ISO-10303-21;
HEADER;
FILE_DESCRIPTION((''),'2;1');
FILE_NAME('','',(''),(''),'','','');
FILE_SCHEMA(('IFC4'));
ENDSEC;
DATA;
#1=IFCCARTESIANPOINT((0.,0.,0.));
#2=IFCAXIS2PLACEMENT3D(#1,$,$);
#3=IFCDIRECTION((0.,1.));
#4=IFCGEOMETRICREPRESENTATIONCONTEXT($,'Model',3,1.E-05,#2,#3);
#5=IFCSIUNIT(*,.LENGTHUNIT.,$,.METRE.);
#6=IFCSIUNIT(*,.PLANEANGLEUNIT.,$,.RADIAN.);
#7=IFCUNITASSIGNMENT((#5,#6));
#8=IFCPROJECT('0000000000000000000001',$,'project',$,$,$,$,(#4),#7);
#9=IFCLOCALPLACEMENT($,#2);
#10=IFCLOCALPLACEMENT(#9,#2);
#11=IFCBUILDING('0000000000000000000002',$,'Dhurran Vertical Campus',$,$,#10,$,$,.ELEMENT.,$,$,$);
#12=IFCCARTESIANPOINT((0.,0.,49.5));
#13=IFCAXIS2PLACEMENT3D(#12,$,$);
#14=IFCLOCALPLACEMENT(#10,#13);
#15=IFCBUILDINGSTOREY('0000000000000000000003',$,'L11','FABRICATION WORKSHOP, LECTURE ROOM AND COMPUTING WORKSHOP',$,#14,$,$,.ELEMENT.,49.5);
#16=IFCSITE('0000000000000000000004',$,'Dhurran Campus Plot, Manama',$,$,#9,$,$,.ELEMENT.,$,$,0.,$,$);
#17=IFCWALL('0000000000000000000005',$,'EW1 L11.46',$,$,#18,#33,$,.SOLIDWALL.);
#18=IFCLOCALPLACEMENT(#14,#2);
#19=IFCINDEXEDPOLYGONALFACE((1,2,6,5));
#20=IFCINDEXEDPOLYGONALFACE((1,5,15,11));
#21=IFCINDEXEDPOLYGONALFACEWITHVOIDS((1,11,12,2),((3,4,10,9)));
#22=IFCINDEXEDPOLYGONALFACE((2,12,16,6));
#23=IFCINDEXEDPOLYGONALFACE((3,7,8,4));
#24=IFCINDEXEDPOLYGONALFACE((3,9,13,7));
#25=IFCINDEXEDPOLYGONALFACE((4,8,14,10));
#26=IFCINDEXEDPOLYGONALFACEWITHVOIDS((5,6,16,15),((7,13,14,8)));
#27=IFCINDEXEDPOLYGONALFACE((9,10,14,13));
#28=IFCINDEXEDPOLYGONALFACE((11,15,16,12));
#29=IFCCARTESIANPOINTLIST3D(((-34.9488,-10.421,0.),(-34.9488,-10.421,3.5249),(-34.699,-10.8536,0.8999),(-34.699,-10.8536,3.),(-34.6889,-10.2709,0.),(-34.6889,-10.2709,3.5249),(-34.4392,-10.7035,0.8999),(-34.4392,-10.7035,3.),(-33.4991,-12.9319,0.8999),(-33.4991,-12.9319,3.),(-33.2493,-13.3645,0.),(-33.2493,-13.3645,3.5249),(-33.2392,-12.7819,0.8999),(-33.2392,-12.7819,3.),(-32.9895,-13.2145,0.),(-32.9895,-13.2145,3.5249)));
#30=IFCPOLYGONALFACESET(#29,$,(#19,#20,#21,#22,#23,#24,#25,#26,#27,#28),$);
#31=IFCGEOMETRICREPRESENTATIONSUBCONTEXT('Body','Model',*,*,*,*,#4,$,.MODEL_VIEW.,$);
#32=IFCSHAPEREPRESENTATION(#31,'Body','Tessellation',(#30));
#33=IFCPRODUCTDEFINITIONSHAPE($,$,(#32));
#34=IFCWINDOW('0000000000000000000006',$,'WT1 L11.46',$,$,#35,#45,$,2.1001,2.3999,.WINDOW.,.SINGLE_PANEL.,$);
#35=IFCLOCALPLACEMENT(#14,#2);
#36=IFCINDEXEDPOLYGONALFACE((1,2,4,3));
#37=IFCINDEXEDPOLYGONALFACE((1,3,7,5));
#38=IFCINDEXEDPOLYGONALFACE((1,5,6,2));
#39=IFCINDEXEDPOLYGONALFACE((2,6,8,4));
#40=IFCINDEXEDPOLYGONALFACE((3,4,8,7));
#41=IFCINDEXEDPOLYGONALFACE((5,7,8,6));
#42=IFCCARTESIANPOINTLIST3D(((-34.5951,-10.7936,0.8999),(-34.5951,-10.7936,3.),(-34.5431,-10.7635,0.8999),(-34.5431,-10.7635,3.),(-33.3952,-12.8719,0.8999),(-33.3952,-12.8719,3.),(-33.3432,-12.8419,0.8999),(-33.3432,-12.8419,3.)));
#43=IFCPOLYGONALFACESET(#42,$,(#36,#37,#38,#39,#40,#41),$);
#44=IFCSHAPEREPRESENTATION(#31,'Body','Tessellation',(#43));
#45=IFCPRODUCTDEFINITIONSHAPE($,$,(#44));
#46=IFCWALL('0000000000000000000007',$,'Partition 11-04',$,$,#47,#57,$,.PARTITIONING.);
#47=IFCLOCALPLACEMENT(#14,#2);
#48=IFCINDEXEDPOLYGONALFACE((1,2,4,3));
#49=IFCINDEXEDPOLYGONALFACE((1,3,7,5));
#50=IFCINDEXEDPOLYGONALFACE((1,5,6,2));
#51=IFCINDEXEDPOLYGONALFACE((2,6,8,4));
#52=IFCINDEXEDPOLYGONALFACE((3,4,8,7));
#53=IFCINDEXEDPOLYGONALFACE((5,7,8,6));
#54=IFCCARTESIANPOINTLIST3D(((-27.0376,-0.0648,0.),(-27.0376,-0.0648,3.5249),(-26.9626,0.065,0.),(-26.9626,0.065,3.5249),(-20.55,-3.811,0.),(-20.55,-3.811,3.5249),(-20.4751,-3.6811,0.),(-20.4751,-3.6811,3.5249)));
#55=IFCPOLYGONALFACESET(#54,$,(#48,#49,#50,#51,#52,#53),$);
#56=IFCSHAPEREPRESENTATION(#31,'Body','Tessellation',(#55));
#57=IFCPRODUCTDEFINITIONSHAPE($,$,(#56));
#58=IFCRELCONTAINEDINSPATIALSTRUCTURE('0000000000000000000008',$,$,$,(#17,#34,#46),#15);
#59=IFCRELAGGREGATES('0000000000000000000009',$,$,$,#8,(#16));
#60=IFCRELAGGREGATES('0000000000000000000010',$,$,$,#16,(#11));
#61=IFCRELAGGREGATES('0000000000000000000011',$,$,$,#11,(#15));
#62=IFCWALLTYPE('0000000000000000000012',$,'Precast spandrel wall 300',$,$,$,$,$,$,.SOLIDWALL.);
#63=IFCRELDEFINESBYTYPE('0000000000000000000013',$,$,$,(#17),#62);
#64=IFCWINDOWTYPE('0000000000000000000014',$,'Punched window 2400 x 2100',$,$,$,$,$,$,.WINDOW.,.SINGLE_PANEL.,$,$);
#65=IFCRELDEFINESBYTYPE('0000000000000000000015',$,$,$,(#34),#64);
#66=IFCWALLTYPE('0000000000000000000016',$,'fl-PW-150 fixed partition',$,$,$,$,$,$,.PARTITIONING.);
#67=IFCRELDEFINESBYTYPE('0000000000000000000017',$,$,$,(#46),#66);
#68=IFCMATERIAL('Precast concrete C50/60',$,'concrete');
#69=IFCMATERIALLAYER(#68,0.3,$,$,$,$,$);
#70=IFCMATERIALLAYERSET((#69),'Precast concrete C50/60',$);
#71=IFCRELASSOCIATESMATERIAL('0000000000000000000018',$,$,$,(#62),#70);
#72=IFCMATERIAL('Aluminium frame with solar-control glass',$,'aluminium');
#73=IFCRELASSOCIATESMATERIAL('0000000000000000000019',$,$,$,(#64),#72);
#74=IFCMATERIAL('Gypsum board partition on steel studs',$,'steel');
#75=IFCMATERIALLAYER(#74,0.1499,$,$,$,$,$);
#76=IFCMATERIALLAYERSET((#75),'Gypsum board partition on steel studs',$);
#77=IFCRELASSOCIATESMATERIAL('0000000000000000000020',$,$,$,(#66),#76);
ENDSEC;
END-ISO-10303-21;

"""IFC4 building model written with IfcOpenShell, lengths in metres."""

from ifc_helpers import new_model, si_unit, direction, frame, frame_2d, origin, place, context, subcontext, project, spatial, rectangle, extrude, material, layer, layer_set, type_object, element, fill, save


model = new_model("IFC4")

# Units and contexts
model_context = context("Model", 3, precision=1e-05, world=origin(), true_north=direction((0.0, 1.0)))
body_context = subcontext(model_context, "Body", "Model", "MODEL_VIEW")
ifc_project = project(units=[si_unit("LENGTHUNIT", "METRE"), si_unit("PLANEANGLEUNIT", "RADIAN")], contexts=[model_context])

# Site, building, storey
site_placement = place(None, origin())
site = spatial("IfcSite", under=ifc_project, at=site_placement, Name="Dhurran Campus Plot, Manama", CompositionType="ELEMENT", RefElevation=0.0)
building_placement = place(site_placement, origin())
building = spatial("IfcBuilding", under=site, at=building_placement, Name="Dhurran Vertical Campus", CompositionType="ELEMENT")
storey_placement = place(building_placement, frame((0.0, 0.0, 49.5)))
storey = spatial("IfcBuildingStorey", under=building, at=storey_placement, Name="L11", Description="FABRICATION WORKSHOP, LECTURE ROOM AND COMPUTING WORKSHOP", CompositionType="ELEMENT", Elevation=49.5)

# Wall, opening, window
ifc_material_1 = material(Name="Precast concrete C50/60", Category="concrete")
ifc_layer_1 = layer(ifc_material_1, 0.3)
ifc_layer_set_1 = layer_set([ifc_layer_1], Name="Precast concrete C50/60")
wall_type_1 = type_object("IfcWallType", Name="Precast spandrel wall 300", PredefinedType="SOLIDWALL", material=ifc_layer_set_1)
ifc_material_2 = material(Name="Aluminium frame with solar-control glass", Category="aluminium")
window_type = type_object("IfcWindowType", Name="Punched window 2400 x 2100", PartitioningType="SINGLE_PANEL", PredefinedType="WINDOW", material=ifc_material_2)
wall_1_placement = place(storey_placement, frame((-34.8188, -10.3459, 0.0), z_axis=(0.0, 0.0, 1.0), x_axis=(0.499994, -0.866029, 0.0)))
wall_1 = element("IfcWall", 1, at=wall_1_placement, inside=storey, type_object=wall_type_1, Name="EW1 L11.46", PredefinedType="SOLIDWALL", context=body_context, shape_type="SweptSolid", body=[
    extrude(rectangle(XDim=3.3989, YDim=0.3, at=frame_2d((1.6995, 0.0))), origin(), (0.0, 0.0, 1.0), 3.5249),
])
opening_1_placement = place(wall_1_placement, frame((0.4995, 0.0, 0.8999)))
opening_1 = element("IfcOpeningElement", 2, at=opening_1_placement, cuts=wall_1, PredefinedType="OPENING", context=body_context, shape_type="SweptSolid", body=[
    extrude(rectangle(XDim=2.3999, YDim=2.1001, at=frame_2d((1.2, 1.05))), frame((0.0, 0.1599, 0.0), z_axis=(0.0, -1.0, 0.0), x_axis=(1.0, 0.0, 0.0)), (0.0, 0.0, 1.0), 0.3201),
])
window_1_placement = place(opening_1_placement, origin())
window_1 = element("IfcWindow", 3, at=window_1_placement, inside=storey, type_object=window_type, Name="WT1 L11.46", OverallHeight=2.1001, OverallWidth=2.3999, PartitioningType="SINGLE_PANEL", PredefinedType="WINDOW", context=body_context, shape_type="SweptSolid", body=[
    extrude(rectangle(XDim=2.3999, YDim=2.1001, at=frame_2d((1.2, 1.05))), frame((0.0, 0.03, 0.0), z_axis=(0.0, -1.0, 0.0), x_axis=(1.0, 0.0, 0.0)), (0.0, 0.0, 1.0), 0.0601),
])
fill(opening_1, window_1)

# Wall
ifc_material_3 = material(Name="Gypsum board partition on steel studs", Category="steel")
ifc_layer_2 = layer(ifc_material_3, 0.1499)
ifc_layer_set_2 = layer_set([ifc_layer_2], Name="Gypsum board partition on steel studs")
wall_type_2 = type_object("IfcWallType", Name="fl-PW-150 fixed partition", PredefinedType="PARTITIONING", material=ifc_layer_set_2)
wall_2_placement = place(storey_placement, frame((-27.0, 0.0, 0.0), z_axis=(0.0, 0.0, 1.0), x_axis=(0.865996, -0.500051, 0.0)))
element("IfcWall", 4, at=wall_2_placement, inside=storey, type_object=wall_type_2, Name="Partition 11-04", PredefinedType="PARTITIONING", context=body_context, shape_type="SweptSolid", body=[
    extrude(rectangle(XDim=7.4915, YDim=0.1499, at=frame_2d((3.7456, 0.0))), origin(), (0.0, 0.0, 1.0), 3.5249),
])

save(model, "model.ifc")
